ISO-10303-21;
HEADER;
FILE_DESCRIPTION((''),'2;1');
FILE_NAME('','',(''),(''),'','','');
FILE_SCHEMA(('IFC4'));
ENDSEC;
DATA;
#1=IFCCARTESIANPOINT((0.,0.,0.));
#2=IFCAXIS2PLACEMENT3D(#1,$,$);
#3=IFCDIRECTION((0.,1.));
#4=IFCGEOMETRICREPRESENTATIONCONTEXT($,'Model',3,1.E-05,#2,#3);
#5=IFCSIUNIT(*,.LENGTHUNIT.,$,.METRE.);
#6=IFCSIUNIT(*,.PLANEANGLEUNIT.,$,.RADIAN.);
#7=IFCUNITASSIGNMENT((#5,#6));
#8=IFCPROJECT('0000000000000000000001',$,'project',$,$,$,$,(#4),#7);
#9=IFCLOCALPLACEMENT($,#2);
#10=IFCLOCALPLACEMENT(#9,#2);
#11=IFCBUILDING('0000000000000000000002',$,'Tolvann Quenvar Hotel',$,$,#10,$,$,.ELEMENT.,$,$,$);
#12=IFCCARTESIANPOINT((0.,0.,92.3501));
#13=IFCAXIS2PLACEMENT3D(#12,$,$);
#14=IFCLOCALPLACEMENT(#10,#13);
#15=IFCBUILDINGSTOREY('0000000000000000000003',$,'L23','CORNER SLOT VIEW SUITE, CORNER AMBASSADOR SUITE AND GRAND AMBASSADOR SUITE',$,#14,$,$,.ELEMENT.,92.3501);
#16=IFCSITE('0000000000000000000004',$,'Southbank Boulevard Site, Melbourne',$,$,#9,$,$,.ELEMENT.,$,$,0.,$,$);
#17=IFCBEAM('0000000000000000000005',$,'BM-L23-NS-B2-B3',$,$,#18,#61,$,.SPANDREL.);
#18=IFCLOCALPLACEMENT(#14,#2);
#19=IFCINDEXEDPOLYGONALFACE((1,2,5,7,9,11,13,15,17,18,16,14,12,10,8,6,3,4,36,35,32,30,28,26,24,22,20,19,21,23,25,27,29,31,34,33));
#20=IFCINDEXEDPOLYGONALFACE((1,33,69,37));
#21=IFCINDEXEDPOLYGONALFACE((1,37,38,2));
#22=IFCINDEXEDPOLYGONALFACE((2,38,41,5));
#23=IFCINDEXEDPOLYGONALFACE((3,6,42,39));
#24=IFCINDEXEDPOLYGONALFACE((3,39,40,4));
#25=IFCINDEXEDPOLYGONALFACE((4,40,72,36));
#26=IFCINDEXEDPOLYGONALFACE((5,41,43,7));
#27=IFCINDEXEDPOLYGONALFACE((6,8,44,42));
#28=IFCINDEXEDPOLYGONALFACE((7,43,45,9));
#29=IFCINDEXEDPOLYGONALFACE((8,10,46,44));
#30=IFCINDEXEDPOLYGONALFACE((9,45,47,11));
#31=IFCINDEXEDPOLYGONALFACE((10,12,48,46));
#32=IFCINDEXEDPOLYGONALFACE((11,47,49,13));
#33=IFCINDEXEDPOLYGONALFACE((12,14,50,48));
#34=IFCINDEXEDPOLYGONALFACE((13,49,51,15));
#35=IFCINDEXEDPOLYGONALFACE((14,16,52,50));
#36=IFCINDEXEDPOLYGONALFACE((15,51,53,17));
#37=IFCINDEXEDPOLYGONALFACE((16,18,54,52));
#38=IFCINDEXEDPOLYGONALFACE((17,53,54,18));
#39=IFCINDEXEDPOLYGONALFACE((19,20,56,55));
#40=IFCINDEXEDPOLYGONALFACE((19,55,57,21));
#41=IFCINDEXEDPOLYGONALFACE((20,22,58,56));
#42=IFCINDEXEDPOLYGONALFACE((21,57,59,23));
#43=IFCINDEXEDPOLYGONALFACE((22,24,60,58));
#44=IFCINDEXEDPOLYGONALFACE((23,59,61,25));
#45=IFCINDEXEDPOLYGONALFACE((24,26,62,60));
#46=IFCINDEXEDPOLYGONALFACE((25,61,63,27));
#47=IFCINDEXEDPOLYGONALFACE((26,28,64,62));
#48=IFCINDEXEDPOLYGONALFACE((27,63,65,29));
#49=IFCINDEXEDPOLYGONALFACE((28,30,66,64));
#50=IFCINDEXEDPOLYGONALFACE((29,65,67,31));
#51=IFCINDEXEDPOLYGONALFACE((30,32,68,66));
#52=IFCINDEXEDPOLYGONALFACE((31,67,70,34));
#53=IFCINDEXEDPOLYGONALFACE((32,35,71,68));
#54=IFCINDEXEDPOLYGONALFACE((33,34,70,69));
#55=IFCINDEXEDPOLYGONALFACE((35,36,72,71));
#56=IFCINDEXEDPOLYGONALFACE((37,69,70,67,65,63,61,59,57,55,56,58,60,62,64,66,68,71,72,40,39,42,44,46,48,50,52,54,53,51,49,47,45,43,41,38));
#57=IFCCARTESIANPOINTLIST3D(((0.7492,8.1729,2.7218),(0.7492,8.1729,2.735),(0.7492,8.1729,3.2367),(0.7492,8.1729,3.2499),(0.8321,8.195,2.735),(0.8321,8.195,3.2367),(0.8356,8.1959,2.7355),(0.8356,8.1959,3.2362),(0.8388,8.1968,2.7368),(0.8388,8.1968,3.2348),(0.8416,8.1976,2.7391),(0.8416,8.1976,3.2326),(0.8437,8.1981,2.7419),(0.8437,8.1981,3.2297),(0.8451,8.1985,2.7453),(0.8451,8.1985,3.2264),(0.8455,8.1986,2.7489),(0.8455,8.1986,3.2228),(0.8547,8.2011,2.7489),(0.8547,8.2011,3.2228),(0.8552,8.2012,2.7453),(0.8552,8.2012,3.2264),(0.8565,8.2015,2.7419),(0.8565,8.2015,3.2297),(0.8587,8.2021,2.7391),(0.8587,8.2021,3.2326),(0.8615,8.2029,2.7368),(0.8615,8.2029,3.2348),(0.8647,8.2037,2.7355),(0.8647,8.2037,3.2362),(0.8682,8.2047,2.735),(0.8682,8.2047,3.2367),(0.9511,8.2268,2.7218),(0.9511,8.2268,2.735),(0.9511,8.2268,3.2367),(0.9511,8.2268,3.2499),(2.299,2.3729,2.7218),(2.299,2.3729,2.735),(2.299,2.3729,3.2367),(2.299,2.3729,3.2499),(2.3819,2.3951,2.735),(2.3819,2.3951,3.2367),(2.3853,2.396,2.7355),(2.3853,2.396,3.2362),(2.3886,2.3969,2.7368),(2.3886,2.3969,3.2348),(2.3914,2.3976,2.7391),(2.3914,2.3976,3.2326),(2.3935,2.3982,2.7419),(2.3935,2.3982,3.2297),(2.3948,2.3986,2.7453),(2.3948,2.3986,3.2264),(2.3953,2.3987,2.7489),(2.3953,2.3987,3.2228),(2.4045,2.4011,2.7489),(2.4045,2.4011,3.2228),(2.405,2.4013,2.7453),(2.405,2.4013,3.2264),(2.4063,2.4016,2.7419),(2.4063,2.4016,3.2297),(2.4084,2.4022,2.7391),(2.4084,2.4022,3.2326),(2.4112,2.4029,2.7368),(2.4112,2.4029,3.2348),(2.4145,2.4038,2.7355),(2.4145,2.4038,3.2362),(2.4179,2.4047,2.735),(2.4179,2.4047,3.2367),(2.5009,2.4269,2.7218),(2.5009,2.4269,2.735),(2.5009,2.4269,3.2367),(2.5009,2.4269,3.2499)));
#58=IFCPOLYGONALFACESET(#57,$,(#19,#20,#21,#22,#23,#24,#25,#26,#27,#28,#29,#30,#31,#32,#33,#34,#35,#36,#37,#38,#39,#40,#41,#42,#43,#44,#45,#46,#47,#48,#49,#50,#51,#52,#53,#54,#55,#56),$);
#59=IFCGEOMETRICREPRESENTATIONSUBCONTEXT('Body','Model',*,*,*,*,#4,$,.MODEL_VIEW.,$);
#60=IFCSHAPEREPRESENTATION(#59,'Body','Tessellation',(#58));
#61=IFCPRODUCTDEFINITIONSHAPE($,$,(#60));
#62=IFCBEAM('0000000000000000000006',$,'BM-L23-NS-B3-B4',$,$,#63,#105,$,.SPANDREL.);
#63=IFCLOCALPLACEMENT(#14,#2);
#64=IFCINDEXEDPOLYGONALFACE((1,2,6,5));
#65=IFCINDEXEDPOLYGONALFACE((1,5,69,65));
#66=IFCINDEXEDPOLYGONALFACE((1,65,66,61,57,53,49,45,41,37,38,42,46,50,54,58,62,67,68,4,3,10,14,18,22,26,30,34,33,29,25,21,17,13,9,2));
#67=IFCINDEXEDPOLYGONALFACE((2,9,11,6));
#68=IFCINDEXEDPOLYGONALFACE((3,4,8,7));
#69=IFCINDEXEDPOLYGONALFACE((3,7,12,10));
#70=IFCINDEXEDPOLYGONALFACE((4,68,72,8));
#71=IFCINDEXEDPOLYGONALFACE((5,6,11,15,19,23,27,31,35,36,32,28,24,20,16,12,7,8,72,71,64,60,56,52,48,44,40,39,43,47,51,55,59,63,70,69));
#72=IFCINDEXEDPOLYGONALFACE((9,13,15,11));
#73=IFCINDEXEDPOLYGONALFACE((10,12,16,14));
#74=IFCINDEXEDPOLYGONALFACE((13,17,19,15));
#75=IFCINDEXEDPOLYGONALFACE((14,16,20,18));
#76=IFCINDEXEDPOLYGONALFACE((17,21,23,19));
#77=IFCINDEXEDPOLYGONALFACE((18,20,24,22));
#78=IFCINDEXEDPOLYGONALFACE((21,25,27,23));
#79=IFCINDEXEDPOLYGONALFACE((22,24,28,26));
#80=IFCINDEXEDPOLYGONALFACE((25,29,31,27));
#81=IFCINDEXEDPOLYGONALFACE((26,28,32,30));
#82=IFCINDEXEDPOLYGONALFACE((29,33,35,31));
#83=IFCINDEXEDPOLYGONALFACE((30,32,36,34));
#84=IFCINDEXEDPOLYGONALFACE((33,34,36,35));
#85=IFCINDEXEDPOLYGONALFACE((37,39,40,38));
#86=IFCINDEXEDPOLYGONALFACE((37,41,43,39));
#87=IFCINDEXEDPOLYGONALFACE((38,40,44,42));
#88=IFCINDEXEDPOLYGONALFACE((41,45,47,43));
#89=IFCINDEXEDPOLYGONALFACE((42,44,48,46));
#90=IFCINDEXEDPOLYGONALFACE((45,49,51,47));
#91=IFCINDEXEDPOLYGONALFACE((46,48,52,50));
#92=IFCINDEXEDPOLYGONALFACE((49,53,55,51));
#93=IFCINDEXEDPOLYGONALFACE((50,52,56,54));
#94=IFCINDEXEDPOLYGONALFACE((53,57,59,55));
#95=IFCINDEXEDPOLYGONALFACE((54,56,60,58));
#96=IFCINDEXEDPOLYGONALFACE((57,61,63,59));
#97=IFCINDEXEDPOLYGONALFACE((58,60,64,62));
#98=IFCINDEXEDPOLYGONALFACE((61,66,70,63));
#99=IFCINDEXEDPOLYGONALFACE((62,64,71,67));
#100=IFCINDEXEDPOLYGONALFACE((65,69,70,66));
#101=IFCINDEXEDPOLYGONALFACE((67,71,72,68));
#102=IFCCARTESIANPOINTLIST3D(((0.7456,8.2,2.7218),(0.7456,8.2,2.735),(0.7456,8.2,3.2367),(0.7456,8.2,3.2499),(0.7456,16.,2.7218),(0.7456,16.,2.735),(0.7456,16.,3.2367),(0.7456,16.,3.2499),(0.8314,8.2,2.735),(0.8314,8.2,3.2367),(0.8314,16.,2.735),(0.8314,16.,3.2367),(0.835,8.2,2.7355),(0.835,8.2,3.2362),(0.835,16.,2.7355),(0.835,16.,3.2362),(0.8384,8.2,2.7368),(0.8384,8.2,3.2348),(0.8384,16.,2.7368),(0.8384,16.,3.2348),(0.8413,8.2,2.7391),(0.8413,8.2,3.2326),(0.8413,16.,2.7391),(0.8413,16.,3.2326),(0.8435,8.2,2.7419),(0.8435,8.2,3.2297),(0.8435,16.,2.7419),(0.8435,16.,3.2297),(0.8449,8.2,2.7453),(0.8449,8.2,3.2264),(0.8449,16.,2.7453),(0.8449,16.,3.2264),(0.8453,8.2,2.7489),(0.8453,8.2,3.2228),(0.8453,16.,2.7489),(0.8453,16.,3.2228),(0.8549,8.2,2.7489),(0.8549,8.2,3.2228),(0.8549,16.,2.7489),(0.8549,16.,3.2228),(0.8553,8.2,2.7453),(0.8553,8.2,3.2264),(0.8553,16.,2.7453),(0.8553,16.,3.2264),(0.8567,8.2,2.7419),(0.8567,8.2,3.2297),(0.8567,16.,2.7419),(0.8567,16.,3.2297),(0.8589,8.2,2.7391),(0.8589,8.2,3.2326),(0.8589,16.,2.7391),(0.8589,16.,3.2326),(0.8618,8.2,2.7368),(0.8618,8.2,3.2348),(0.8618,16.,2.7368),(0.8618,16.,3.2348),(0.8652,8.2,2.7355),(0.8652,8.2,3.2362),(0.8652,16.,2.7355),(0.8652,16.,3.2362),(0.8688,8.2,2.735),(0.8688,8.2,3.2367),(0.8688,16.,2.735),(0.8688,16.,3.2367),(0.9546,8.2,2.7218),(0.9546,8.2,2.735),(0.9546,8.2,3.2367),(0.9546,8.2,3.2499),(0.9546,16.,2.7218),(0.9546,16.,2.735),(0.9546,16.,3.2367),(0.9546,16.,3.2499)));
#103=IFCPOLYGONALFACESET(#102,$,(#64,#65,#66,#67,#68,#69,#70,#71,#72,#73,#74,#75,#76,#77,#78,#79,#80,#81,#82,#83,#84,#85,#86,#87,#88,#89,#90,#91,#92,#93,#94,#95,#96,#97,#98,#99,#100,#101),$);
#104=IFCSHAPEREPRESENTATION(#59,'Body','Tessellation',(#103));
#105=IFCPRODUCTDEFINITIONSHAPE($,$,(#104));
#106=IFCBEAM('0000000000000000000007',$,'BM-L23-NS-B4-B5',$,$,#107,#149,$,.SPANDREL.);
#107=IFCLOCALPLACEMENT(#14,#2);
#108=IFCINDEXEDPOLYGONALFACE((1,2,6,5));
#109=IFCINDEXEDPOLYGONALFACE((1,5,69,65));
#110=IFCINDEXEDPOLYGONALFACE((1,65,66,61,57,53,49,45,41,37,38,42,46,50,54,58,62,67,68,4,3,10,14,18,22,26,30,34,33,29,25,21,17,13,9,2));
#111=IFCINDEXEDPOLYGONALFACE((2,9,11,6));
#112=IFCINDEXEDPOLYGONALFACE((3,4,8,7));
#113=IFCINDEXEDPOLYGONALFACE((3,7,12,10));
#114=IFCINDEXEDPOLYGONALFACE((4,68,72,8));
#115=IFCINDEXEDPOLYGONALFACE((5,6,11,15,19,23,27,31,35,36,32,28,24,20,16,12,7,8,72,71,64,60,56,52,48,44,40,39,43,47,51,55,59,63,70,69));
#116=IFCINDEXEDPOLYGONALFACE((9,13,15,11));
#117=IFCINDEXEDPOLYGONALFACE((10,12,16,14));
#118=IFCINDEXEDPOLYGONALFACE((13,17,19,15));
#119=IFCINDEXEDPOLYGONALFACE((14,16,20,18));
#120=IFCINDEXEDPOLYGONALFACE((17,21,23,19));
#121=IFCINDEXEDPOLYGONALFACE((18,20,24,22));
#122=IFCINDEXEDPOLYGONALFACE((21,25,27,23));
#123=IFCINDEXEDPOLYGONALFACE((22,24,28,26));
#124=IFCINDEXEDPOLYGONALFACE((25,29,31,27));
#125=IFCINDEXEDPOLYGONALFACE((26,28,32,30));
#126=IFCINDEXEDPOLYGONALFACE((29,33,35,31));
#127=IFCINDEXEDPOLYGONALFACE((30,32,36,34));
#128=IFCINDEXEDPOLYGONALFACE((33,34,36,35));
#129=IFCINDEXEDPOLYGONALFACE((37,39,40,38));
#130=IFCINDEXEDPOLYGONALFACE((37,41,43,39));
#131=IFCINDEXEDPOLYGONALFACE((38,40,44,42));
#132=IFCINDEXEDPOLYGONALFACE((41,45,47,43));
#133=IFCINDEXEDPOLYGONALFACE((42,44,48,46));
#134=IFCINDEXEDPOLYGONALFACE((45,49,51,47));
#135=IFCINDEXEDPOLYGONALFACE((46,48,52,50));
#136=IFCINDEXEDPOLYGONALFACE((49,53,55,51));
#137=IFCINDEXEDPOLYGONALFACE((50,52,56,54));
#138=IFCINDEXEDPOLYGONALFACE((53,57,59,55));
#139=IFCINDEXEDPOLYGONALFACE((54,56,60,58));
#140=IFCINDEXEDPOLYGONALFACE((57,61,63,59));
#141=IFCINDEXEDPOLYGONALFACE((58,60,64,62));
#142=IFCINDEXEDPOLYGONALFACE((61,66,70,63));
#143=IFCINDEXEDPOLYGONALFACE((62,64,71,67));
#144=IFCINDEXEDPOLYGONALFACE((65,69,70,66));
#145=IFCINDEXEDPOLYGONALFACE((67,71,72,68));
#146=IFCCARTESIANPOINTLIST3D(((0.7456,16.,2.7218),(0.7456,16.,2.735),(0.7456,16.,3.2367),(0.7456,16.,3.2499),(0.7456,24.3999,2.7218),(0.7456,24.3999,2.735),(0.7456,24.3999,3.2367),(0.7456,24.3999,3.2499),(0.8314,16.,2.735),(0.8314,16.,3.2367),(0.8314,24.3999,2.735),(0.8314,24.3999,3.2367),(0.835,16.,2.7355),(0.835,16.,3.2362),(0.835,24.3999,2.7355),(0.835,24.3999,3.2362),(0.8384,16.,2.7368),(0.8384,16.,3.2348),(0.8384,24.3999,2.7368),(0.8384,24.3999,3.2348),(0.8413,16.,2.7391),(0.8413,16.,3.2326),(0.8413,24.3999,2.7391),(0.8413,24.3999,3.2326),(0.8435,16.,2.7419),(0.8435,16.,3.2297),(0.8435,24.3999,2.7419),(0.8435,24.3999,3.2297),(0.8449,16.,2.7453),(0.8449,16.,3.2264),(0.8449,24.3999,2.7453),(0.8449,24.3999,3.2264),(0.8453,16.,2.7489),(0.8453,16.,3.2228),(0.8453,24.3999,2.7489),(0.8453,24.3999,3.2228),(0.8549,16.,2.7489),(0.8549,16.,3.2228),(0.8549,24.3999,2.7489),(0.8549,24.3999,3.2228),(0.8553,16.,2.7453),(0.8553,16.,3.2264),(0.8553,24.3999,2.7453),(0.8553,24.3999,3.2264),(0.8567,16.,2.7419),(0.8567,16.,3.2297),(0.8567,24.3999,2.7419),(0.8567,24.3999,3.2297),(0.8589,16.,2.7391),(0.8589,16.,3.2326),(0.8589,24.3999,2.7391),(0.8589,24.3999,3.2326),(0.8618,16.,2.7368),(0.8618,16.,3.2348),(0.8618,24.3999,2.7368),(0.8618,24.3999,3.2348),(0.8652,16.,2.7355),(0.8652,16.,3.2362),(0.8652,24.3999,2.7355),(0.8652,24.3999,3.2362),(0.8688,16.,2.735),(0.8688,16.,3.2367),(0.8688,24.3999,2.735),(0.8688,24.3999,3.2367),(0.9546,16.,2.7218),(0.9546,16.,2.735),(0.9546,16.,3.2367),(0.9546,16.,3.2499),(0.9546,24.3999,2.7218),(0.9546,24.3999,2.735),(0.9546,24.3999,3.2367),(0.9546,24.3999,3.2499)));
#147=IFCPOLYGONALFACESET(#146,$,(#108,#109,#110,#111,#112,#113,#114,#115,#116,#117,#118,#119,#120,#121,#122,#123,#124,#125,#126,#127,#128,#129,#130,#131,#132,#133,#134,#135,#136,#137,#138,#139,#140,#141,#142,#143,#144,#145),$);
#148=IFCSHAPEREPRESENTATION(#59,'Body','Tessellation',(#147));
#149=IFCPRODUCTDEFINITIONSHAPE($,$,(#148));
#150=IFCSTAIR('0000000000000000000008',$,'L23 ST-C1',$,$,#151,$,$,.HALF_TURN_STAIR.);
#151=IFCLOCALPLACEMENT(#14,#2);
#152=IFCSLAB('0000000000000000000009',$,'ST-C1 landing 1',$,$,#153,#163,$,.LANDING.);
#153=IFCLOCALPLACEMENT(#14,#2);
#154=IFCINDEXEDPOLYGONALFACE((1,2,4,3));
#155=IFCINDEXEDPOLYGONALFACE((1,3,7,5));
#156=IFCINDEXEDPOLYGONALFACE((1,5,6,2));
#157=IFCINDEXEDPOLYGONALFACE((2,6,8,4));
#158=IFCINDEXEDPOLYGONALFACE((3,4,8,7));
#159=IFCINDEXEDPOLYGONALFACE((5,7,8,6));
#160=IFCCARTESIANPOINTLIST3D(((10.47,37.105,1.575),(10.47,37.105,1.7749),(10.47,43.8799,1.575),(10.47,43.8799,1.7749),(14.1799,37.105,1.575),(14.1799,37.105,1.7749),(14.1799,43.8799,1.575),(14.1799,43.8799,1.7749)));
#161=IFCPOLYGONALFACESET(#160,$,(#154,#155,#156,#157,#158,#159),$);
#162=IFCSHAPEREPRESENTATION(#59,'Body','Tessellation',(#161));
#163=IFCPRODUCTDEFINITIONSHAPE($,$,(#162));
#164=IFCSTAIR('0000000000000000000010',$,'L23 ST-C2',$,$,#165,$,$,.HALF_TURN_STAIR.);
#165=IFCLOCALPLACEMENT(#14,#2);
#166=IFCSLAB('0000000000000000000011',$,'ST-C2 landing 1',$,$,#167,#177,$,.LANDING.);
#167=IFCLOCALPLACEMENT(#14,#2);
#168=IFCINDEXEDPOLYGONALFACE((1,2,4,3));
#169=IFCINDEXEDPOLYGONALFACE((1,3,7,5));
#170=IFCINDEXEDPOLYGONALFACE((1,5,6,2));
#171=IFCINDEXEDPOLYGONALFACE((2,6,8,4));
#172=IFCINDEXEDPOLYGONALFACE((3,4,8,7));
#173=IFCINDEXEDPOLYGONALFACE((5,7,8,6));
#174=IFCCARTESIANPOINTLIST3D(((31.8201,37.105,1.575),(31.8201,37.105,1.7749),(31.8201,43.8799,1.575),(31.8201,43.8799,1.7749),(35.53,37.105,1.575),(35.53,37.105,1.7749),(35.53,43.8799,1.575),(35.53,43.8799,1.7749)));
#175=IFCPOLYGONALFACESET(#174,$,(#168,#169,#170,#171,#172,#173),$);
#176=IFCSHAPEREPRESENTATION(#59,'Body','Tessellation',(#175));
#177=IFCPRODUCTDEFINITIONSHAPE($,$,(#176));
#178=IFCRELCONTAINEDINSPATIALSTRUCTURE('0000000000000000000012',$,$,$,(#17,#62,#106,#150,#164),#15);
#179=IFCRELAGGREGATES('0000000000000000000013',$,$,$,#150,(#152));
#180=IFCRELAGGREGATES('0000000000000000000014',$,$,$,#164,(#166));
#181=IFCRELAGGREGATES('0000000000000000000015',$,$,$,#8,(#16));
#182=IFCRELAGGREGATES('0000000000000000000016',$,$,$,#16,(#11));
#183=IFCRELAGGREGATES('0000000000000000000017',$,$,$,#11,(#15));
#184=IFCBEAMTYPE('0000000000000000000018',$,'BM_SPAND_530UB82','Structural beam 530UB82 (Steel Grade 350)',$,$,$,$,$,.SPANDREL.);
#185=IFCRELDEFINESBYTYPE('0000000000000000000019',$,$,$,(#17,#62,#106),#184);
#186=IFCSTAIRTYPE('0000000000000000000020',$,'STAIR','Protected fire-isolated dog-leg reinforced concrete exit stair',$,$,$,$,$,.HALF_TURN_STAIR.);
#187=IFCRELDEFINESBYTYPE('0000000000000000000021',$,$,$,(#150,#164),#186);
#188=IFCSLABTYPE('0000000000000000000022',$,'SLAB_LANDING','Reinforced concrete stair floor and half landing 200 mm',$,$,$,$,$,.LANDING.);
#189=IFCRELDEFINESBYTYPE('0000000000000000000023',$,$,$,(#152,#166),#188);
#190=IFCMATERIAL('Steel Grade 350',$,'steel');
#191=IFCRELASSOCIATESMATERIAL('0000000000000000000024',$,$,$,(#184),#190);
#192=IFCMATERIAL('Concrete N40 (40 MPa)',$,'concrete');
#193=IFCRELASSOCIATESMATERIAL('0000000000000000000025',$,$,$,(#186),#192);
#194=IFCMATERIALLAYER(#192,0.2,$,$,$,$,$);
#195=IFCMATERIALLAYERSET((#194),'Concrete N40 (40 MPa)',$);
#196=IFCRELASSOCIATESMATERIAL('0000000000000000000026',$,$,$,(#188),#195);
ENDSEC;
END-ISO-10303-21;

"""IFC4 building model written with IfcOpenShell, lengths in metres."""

from ifc_helpers import new_model, si_unit, direction, frame, origin, origin_2d, place, context, subcontext, project, spatial, polyline, i_section, outline, extrude, source, transform, mapped, material, layer, layer_set, material_profile, profile_set, type_object, element, aggregate, save


model = new_model("IFC4")

# Units and contexts
model_context = context("Model", 3, precision=1e-05, world=origin(), true_north=direction((0.0, 1.0)))
body_context = subcontext(model_context, "Body", "Model", "MODEL_VIEW")
ifc_project = project(units=[si_unit("LENGTHUNIT", "METRE"), si_unit("PLANEANGLEUNIT", "RADIAN")], contexts=[model_context])

# Site, building, storey
site_placement = place(None, origin())
site = spatial("IfcSite", under=ifc_project, at=site_placement, Name="Southbank Boulevard Site, Melbourne", CompositionType="ELEMENT", RefElevation=0.0)
building_placement = place(site_placement, origin())
building = spatial("IfcBuilding", under=site, at=building_placement, Name="Tolvann Quenvar Hotel", CompositionType="ELEMENT")
storey_placement = place(building_placement, frame((0.0, 0.0, 92.3501)))
storey = spatial("IfcBuildingStorey", under=building, at=storey_placement, Name="L23", Description="CORNER SLOT VIEW SUITE, CORNER AMBASSADOR SUITE AND GRAND AMBASSADOR SUITE", CompositionType="ELEMENT", Elevation=92.3501)

# Beams
ifc_material_1 = material(Name="Steel Grade 350", Category="steel")
ifc_material_profile_1 = material_profile(ifc_material_1, i_section(OverallWidth=0.209, OverallDepth=0.5281, WebThickness=0.0095, FlangeThickness=0.0132, FilletRadius=0.0139, at=origin_2d()), Name="530UB82")
ifc_profile_set_1 = profile_set([ifc_material_profile_1], Name="Steel Grade 350")
beam_type_1 = type_object("IfcBeamType", Name="BM_SPAND_530UB82", Description="Structural beam 530UB82 (Steel Grade 350)", PredefinedType="SPANDREL", material=ifc_profile_set_1)
shared_shape_1 = source(origin(), body_context, "Body", "SweptSolid", [
    extrude(i_section(OverallWidth=0.209, OverallDepth=0.5281, WebThickness=0.0095, FlangeThickness=0.0132, FilletRadius=0.0139, at=origin_2d()), origin(), (0.0, 0.0, 1.0), 6.0034),
])
beam_1_placement = place(storey_placement, frame((2.3999, 2.3999, 2.9858), z_axis=(-0.258149, 0.966105, 0.0), x_axis=(-0.966105, -0.258149, 0.0)))
element("IfcBeam", 1, at=beam_1_placement, inside=storey, type_object=beam_type_1, Name="BM-L23-NS-B2-B3", PredefinedType="SPANDREL", context=body_context, shape_type="MappedRepresentation", body=[
    mapped(shared_shape_1, transform((0.0, 0.0, 0.0), x_axis=(1.0, 0.0, 0.0), y_axis=(0.0, 1.0, 0.0), z_axis=(0.0, 0.0, 1.0), scale=1.0)),
])
shared_shape_2 = source(origin(), body_context, "Body", "SweptSolid", [
    extrude(i_section(OverallWidth=0.209, OverallDepth=0.5281, WebThickness=0.0095, FlangeThickness=0.0132, FilletRadius=0.0139, at=origin_2d()), origin(), (0.0, 0.0, 1.0), 7.8),
])
beam_2_placement = place(storey_placement, frame((0.8501, 8.2, 2.9858), z_axis=(0.0, 1.0, 0.0), x_axis=(-1.0, 0.0, 0.0)))
element("IfcBeam", 2, at=beam_2_placement, inside=storey, type_object=beam_type_1, Name="BM-L23-NS-B3-B4", PredefinedType="SPANDREL", context=body_context, shape_type="MappedRepresentation", body=[
    mapped(shared_shape_2, transform((0.0, 0.0, 0.0), x_axis=(1.0, 0.0, 0.0), y_axis=(0.0, 1.0, 0.0), z_axis=(0.0, 0.0, 1.0), scale=1.0)),
])
shared_shape_3 = source(origin(), body_context, "Body", "SweptSolid", [
    extrude(i_section(OverallWidth=0.209, OverallDepth=0.5281, WebThickness=0.0095, FlangeThickness=0.0132, FilletRadius=0.0139, at=origin_2d()), origin(), (0.0, 0.0, 1.0), 8.3999),
])
beam_3_placement = place(storey_placement, frame((0.8501, 16.0, 2.9858), z_axis=(0.0, 1.0, 0.0), x_axis=(-1.0, 0.0, 0.0)))
element("IfcBeam", 3, at=beam_3_placement, inside=storey, type_object=beam_type_1, Name="BM-L23-NS-B4-B5", PredefinedType="SPANDREL", context=body_context, shape_type="MappedRepresentation", body=[
    mapped(shared_shape_3, transform((0.0, 0.0, 0.0), x_axis=(1.0, 0.0, 0.0), y_axis=(0.0, 1.0, 0.0), z_axis=(0.0, 0.0, 1.0), scale=1.0)),
])

# Stairs, slabs
ifc_material_2 = material(Name="Concrete N40 (40 MPa)", Category="concrete")
stair_type = type_object("IfcStairType", Name="STAIR", Description="Protected fire-isolated dog-leg reinforced concrete exit stair", PredefinedType="HALF_TURN_STAIR", material=ifc_material_2)
stair_1_placement = place(storey_placement, origin())
stair_1 = element("IfcStair", 4, at=stair_1_placement, inside=storey, type_object=stair_type, Name="L23 ST-C1", PredefinedType="HALF_TURN_STAIR")
ifc_layer_1 = layer(ifc_material_2, 0.2)
ifc_layer_set_1 = layer_set([ifc_layer_1], Name="Concrete N40 (40 MPa)")
slab_type_1 = type_object("IfcSlabType", Name="SLAB_LANDING", Description="Reinforced concrete stair floor and half landing 200 mm", PredefinedType="LANDING", material=ifc_layer_set_1)
slab_1_placement = place(storey_placement, frame((0.0, 0.0, 1.575)))
slab_1 = element("IfcSlab", 5, at=slab_1_placement, type_object=slab_type_1, Name="ST-C1 landing 1", PredefinedType="LANDING", context=body_context, shape_type="SweptSolid", body=[
    extrude(outline(polyline([(14.1799, 37.105), (14.1799, 43.8799), (10.47, 43.8799), (10.47, 37.105), (14.1799, 37.105)])), origin(), (0.0, 0.0, 1.0), 0.2),
])
aggregate(stair_1, [slab_1])
stair_2_placement = place(storey_placement, origin())
stair_2 = element("IfcStair", 6, at=stair_2_placement, inside=storey, type_object=stair_type, Name="L23 ST-C2", PredefinedType="HALF_TURN_STAIR")
slab_2_placement = place(storey_placement, frame((0.0, 0.0, 1.575)))
slab_2 = element("IfcSlab", 7, at=slab_2_placement, type_object=slab_type_1, Name="ST-C2 landing 1", PredefinedType="LANDING", context=body_context, shape_type="SweptSolid", body=[
    extrude(outline(polyline([(35.53, 37.105), (35.53, 43.8799), (31.8201, 43.8799), (31.8201, 37.105), (35.53, 37.105)])), origin(), (0.0, 0.0, 1.0), 0.2),
])
aggregate(stair_2, [slab_2])

save(model, "model.ifc")
